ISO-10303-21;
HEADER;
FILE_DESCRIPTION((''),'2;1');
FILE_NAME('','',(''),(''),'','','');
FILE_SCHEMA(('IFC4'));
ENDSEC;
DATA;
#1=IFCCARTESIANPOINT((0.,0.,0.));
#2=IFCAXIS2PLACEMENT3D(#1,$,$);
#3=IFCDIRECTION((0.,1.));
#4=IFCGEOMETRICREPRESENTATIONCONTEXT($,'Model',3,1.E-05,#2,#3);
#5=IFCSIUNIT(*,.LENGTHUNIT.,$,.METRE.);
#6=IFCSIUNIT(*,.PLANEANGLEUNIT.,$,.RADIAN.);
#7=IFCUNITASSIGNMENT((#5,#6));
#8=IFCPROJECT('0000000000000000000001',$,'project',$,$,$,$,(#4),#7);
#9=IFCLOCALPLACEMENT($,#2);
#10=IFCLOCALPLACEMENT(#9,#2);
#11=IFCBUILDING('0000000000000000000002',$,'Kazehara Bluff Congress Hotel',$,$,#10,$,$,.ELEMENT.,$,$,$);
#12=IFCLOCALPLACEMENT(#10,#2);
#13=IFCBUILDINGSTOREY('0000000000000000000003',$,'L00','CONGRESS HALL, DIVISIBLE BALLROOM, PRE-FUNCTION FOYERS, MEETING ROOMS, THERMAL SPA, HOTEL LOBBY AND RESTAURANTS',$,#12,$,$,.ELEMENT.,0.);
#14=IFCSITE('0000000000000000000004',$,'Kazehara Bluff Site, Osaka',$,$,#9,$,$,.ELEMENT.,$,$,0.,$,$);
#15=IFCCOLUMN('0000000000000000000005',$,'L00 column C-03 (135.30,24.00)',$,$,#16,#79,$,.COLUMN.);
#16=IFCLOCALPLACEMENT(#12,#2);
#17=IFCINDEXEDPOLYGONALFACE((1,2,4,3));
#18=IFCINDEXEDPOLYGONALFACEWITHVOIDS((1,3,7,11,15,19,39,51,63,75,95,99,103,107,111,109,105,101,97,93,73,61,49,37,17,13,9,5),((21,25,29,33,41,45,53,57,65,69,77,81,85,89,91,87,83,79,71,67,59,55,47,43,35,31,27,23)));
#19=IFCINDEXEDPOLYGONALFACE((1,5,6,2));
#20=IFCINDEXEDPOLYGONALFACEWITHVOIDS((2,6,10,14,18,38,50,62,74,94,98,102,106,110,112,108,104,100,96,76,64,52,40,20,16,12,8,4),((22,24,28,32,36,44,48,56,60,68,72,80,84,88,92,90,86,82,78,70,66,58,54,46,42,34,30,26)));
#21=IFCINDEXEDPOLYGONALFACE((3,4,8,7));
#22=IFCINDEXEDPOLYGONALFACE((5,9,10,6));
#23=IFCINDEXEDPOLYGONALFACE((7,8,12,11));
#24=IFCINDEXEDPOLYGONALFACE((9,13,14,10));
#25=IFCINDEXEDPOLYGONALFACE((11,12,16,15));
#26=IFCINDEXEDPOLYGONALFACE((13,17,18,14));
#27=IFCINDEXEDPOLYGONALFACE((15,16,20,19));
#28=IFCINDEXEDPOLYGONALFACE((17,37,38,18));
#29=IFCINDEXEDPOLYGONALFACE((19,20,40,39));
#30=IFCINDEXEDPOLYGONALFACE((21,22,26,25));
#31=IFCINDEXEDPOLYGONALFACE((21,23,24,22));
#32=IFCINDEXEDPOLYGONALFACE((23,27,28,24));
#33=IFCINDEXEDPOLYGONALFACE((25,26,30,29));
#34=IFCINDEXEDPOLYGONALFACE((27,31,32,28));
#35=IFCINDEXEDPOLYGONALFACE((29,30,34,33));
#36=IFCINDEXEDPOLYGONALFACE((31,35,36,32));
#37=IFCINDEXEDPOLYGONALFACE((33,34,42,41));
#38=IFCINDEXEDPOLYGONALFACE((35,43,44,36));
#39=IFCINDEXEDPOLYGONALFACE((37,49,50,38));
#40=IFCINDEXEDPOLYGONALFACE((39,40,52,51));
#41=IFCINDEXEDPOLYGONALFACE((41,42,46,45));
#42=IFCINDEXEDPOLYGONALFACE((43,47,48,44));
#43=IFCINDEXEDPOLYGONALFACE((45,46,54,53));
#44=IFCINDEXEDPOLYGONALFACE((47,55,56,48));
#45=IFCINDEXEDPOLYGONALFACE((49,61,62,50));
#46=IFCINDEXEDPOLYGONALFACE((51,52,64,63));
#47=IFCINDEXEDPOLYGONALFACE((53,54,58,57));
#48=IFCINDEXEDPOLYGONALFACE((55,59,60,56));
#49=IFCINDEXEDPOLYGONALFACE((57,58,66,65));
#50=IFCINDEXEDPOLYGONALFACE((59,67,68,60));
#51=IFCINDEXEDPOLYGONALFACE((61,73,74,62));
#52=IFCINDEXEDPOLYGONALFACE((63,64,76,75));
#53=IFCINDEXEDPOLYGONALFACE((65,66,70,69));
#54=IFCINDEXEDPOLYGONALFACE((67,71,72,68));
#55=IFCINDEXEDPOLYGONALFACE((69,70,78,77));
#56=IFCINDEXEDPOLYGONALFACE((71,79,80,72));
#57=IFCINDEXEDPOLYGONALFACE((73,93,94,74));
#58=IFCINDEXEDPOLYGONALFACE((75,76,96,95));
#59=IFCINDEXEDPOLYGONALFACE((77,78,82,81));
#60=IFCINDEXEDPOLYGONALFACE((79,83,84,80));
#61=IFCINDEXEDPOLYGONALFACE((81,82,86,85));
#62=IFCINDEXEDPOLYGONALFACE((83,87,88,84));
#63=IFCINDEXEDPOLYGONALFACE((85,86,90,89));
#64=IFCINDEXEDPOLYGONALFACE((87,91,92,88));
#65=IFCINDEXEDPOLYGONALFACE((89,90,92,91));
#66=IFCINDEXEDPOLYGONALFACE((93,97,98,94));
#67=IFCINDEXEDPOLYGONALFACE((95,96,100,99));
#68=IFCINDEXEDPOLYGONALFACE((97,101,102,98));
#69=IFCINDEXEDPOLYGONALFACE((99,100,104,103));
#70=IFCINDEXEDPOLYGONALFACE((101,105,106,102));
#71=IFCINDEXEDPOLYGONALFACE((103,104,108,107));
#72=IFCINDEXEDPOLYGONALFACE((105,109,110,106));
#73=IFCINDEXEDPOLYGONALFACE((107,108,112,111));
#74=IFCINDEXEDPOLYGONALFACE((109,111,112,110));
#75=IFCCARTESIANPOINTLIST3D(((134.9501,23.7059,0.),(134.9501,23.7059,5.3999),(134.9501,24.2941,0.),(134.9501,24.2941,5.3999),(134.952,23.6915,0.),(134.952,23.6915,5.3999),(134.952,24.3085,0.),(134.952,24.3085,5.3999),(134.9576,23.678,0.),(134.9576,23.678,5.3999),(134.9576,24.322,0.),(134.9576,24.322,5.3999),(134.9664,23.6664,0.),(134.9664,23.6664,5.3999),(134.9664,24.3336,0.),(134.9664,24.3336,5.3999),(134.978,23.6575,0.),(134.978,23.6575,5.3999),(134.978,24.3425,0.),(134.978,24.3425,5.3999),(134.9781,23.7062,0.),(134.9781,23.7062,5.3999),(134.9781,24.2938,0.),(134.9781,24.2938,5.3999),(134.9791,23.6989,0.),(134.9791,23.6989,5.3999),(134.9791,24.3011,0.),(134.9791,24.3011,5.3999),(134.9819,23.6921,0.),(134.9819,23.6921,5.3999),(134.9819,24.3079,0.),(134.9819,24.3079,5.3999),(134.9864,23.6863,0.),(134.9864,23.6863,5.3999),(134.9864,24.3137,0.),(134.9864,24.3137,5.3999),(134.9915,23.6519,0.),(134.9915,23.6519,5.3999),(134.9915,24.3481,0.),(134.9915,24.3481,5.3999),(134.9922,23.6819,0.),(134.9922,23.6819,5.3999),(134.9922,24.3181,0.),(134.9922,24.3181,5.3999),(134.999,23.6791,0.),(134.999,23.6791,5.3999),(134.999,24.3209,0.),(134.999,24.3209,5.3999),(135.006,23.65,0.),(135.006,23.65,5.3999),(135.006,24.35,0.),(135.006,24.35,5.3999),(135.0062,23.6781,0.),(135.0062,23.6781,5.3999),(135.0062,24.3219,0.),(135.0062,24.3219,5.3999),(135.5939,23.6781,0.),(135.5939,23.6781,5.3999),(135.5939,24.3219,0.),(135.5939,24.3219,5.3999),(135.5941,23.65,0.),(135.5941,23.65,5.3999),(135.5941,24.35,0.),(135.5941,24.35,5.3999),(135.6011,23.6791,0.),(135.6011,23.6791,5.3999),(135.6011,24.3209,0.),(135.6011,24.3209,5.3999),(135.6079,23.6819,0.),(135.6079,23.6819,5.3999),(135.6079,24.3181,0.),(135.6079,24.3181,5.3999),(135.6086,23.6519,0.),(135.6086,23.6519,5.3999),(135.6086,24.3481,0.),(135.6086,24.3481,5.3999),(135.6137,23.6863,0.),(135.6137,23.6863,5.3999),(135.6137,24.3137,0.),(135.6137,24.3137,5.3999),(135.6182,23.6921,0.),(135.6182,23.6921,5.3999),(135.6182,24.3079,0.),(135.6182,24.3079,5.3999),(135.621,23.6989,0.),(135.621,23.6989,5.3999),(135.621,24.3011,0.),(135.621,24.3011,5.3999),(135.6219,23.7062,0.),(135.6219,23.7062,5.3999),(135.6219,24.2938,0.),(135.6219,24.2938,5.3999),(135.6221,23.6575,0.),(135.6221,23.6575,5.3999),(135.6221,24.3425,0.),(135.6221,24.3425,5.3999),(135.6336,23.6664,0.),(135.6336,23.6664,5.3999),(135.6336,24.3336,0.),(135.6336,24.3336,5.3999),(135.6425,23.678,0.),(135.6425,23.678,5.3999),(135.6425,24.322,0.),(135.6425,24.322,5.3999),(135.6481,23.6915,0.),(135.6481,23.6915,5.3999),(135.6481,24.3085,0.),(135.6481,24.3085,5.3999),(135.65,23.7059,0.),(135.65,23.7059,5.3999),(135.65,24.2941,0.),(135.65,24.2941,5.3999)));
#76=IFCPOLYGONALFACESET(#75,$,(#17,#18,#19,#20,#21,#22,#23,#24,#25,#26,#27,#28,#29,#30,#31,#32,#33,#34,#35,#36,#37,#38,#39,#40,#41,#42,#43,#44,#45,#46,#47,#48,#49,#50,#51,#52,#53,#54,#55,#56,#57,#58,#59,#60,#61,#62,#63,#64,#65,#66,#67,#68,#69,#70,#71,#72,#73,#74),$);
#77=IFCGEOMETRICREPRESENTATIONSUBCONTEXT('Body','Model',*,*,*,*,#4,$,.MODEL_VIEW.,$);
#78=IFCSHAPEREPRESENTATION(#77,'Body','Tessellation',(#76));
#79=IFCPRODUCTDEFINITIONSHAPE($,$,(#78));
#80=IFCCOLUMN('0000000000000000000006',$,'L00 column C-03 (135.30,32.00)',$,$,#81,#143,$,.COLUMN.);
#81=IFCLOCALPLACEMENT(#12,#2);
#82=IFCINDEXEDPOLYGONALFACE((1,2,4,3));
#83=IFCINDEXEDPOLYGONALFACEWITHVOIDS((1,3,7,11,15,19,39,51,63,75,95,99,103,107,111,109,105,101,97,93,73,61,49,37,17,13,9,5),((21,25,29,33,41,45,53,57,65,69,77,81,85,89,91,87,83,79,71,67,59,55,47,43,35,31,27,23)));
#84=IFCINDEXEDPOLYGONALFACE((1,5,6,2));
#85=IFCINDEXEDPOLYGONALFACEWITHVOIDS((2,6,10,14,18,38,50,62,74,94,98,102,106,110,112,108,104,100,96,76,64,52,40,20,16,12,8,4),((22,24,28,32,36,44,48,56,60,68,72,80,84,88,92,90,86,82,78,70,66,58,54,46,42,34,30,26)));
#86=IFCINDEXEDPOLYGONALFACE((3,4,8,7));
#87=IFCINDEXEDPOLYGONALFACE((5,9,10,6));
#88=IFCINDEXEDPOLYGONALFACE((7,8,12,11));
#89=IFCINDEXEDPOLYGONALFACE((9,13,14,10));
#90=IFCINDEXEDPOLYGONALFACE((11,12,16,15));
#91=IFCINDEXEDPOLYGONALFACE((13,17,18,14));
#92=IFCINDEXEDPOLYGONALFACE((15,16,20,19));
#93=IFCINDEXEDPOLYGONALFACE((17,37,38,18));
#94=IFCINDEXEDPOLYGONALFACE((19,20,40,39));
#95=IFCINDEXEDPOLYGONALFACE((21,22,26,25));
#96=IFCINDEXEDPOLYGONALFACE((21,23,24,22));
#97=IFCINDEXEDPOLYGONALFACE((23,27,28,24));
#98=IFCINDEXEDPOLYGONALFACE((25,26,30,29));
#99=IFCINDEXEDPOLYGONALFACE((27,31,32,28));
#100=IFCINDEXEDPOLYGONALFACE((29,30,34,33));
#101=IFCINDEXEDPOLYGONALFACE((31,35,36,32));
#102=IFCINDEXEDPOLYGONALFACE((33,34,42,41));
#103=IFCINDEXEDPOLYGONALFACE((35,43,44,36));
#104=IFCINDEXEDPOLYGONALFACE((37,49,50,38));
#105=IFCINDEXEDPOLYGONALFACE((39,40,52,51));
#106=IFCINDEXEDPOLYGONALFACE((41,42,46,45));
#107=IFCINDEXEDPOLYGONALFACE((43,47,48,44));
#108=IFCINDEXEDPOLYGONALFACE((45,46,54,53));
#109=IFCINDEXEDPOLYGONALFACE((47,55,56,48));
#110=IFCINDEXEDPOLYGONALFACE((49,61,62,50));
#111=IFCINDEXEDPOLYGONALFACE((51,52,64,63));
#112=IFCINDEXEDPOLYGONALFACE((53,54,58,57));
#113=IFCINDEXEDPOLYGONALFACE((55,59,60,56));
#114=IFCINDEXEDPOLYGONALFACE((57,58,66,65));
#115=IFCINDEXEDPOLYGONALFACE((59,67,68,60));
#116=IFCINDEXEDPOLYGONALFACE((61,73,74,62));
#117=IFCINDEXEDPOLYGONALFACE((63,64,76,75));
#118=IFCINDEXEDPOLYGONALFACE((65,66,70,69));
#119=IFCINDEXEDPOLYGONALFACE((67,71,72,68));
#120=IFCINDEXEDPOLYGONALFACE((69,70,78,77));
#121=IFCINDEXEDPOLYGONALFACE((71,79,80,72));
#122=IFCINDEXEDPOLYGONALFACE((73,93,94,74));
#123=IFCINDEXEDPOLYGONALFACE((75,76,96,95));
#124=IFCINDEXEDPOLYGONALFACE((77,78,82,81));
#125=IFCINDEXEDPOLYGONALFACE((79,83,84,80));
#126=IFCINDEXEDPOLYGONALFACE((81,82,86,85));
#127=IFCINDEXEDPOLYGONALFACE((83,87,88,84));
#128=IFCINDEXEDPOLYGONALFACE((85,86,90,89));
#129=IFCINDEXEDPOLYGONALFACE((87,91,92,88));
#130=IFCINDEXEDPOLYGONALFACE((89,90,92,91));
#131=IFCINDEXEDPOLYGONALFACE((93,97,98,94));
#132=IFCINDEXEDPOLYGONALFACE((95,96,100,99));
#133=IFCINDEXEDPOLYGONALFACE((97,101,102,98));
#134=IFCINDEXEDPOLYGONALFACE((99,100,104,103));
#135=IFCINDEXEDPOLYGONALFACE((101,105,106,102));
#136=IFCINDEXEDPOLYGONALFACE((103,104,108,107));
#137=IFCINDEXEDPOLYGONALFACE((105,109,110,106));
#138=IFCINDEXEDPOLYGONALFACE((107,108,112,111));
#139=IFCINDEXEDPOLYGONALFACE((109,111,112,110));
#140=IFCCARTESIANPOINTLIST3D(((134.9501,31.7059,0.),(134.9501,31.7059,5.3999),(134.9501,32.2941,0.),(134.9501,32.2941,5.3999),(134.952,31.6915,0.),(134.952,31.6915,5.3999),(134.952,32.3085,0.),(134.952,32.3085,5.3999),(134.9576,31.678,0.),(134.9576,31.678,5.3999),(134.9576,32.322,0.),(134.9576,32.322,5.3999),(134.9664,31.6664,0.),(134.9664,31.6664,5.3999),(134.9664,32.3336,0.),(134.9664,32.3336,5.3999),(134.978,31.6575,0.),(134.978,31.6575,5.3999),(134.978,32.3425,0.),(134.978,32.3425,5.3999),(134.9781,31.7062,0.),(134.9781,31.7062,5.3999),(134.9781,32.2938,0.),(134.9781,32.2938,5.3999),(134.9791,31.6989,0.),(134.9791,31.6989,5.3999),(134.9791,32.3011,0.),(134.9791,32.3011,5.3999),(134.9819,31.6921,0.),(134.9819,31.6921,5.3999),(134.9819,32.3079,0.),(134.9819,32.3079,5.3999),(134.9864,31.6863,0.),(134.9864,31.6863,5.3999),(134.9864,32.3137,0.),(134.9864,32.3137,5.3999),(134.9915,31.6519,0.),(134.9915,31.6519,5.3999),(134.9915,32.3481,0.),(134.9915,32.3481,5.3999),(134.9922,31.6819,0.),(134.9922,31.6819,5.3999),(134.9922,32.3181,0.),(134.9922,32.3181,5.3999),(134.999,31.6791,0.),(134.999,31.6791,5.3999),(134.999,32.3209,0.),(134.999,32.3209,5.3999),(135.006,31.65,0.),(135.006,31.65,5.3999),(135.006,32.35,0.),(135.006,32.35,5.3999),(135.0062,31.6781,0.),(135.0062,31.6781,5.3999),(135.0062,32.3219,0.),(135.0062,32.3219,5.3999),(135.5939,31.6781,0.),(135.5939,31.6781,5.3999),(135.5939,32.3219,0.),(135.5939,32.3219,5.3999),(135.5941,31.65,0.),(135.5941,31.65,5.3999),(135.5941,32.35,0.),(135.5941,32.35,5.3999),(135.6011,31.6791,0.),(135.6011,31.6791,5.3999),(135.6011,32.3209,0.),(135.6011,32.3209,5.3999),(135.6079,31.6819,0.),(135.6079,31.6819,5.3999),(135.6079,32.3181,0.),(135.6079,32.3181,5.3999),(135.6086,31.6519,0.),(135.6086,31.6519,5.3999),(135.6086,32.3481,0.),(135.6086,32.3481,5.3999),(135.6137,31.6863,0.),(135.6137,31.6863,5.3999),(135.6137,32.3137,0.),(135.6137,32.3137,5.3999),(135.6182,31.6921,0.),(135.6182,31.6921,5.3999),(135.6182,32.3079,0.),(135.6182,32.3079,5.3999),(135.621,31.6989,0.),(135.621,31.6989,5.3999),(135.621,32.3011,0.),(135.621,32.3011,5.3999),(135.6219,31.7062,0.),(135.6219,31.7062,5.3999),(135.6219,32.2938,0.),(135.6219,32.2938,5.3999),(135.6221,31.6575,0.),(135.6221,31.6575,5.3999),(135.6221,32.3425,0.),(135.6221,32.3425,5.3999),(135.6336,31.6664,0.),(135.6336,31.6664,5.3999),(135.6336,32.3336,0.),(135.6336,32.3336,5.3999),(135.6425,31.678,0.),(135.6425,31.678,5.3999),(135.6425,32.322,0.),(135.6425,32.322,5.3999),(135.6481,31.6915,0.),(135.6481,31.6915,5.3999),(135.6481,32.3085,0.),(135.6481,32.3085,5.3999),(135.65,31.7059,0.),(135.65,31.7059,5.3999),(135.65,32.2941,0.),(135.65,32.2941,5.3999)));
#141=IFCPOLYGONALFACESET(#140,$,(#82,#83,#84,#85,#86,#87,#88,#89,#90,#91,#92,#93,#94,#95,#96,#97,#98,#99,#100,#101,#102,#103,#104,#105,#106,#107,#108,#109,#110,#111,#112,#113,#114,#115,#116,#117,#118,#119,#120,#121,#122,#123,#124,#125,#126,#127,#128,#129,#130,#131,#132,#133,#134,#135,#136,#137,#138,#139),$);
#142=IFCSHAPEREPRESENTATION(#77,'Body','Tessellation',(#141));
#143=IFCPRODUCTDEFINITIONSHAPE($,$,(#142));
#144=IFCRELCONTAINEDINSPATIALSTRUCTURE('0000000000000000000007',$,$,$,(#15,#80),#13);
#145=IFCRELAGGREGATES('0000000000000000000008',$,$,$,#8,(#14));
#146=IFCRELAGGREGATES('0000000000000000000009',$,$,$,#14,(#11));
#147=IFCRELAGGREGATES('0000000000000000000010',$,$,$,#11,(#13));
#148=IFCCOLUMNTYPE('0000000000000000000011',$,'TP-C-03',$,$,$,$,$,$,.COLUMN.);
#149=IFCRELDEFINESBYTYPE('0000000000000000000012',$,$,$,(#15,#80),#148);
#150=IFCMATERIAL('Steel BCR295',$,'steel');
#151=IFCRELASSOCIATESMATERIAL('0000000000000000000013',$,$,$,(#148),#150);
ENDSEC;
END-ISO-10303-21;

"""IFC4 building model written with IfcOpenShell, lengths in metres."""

from ifc_helpers import new_model, si_unit, direction, frame, origin, origin_2d, place, context, subcontext, project, spatial, hollow_rectangle, extrude, material, material_profile, profile_set, type_object, element, save


model = new_model("IFC4")

# Units and contexts
model_context = context("Model", 3, precision=1e-05, world=origin(), true_north=direction((0.0, 1.0)))
body_context = subcontext(model_context, "Body", "Model", "MODEL_VIEW")
ifc_project = project(units=[si_unit("LENGTHUNIT", "METRE"), si_unit("PLANEANGLEUNIT", "RADIAN")], contexts=[model_context])

# Site, building, storey
site_placement = place(None, origin())
site = spatial("IfcSite", under=ifc_project, at=site_placement, Name="Kazehara Bluff Site, Osaka", CompositionType="ELEMENT", RefElevation=0.0)
building_placement = place(site_placement, origin())
building = spatial("IfcBuilding", under=site, at=building_placement, Name="Kazehara Bluff Congress Hotel", CompositionType="ELEMENT")
storey_placement = place(building_placement, origin())
storey = spatial("IfcBuildingStorey", under=building, at=storey_placement, Name="L00", Description="CONGRESS HALL, DIVISIBLE BALLROOM, PRE-FUNCTION FOYERS, MEETING ROOMS, THERMAL SPA, HOTEL LOBBY AND RESTAURANTS", CompositionType="ELEMENT", Elevation=0.0)

# Columns
ifc_material_1 = material(Name="Steel BCR295", Category="steel")
ifc_material_profile_1 = material_profile(ifc_material_1, hollow_rectangle(XDim=0.7, YDim=0.7, WallThickness=0.0281, InnerFilletRadius=0.0281, OuterFilletRadius=0.0559, at=origin_2d()))
ifc_profile_set_1 = profile_set([ifc_material_profile_1], Name="Steel BCR295")
column_type_1 = type_object("IfcColumnType", Name="TP-C-03", PredefinedType="COLUMN", material=ifc_profile_set_1)
for number, where, z_axis, x_axis, name in (
    (1, (135.3, 24.0, 0.0), (0.0, 0.0, 1.0), (1.0, 0.0, 0.0), "L00 column C-03 (135.30,24.00)"),
    (2, (135.3, 32.0, 0.0), (0.0, 0.0, 1.0), (1.0, 0.0, 0.0), "L00 column C-03 (135.30,32.00)"),
):
    element("IfcColumn", number, at=place(storey_placement, frame(where, z_axis=z_axis, x_axis=x_axis)), inside=storey, type_object=column_type_1, Name=name, PredefinedType="COLUMN", context=body_context, shape_type="SweptSolid", body=[
        extrude(hollow_rectangle(XDim=0.7, YDim=0.7, WallThickness=0.0281, InnerFilletRadius=0.0281, OuterFilletRadius=0.0559, at=origin_2d()), origin(), (0.0, 0.0, 1.0), 5.3999),
    ])

save(model, "model.ifc")
